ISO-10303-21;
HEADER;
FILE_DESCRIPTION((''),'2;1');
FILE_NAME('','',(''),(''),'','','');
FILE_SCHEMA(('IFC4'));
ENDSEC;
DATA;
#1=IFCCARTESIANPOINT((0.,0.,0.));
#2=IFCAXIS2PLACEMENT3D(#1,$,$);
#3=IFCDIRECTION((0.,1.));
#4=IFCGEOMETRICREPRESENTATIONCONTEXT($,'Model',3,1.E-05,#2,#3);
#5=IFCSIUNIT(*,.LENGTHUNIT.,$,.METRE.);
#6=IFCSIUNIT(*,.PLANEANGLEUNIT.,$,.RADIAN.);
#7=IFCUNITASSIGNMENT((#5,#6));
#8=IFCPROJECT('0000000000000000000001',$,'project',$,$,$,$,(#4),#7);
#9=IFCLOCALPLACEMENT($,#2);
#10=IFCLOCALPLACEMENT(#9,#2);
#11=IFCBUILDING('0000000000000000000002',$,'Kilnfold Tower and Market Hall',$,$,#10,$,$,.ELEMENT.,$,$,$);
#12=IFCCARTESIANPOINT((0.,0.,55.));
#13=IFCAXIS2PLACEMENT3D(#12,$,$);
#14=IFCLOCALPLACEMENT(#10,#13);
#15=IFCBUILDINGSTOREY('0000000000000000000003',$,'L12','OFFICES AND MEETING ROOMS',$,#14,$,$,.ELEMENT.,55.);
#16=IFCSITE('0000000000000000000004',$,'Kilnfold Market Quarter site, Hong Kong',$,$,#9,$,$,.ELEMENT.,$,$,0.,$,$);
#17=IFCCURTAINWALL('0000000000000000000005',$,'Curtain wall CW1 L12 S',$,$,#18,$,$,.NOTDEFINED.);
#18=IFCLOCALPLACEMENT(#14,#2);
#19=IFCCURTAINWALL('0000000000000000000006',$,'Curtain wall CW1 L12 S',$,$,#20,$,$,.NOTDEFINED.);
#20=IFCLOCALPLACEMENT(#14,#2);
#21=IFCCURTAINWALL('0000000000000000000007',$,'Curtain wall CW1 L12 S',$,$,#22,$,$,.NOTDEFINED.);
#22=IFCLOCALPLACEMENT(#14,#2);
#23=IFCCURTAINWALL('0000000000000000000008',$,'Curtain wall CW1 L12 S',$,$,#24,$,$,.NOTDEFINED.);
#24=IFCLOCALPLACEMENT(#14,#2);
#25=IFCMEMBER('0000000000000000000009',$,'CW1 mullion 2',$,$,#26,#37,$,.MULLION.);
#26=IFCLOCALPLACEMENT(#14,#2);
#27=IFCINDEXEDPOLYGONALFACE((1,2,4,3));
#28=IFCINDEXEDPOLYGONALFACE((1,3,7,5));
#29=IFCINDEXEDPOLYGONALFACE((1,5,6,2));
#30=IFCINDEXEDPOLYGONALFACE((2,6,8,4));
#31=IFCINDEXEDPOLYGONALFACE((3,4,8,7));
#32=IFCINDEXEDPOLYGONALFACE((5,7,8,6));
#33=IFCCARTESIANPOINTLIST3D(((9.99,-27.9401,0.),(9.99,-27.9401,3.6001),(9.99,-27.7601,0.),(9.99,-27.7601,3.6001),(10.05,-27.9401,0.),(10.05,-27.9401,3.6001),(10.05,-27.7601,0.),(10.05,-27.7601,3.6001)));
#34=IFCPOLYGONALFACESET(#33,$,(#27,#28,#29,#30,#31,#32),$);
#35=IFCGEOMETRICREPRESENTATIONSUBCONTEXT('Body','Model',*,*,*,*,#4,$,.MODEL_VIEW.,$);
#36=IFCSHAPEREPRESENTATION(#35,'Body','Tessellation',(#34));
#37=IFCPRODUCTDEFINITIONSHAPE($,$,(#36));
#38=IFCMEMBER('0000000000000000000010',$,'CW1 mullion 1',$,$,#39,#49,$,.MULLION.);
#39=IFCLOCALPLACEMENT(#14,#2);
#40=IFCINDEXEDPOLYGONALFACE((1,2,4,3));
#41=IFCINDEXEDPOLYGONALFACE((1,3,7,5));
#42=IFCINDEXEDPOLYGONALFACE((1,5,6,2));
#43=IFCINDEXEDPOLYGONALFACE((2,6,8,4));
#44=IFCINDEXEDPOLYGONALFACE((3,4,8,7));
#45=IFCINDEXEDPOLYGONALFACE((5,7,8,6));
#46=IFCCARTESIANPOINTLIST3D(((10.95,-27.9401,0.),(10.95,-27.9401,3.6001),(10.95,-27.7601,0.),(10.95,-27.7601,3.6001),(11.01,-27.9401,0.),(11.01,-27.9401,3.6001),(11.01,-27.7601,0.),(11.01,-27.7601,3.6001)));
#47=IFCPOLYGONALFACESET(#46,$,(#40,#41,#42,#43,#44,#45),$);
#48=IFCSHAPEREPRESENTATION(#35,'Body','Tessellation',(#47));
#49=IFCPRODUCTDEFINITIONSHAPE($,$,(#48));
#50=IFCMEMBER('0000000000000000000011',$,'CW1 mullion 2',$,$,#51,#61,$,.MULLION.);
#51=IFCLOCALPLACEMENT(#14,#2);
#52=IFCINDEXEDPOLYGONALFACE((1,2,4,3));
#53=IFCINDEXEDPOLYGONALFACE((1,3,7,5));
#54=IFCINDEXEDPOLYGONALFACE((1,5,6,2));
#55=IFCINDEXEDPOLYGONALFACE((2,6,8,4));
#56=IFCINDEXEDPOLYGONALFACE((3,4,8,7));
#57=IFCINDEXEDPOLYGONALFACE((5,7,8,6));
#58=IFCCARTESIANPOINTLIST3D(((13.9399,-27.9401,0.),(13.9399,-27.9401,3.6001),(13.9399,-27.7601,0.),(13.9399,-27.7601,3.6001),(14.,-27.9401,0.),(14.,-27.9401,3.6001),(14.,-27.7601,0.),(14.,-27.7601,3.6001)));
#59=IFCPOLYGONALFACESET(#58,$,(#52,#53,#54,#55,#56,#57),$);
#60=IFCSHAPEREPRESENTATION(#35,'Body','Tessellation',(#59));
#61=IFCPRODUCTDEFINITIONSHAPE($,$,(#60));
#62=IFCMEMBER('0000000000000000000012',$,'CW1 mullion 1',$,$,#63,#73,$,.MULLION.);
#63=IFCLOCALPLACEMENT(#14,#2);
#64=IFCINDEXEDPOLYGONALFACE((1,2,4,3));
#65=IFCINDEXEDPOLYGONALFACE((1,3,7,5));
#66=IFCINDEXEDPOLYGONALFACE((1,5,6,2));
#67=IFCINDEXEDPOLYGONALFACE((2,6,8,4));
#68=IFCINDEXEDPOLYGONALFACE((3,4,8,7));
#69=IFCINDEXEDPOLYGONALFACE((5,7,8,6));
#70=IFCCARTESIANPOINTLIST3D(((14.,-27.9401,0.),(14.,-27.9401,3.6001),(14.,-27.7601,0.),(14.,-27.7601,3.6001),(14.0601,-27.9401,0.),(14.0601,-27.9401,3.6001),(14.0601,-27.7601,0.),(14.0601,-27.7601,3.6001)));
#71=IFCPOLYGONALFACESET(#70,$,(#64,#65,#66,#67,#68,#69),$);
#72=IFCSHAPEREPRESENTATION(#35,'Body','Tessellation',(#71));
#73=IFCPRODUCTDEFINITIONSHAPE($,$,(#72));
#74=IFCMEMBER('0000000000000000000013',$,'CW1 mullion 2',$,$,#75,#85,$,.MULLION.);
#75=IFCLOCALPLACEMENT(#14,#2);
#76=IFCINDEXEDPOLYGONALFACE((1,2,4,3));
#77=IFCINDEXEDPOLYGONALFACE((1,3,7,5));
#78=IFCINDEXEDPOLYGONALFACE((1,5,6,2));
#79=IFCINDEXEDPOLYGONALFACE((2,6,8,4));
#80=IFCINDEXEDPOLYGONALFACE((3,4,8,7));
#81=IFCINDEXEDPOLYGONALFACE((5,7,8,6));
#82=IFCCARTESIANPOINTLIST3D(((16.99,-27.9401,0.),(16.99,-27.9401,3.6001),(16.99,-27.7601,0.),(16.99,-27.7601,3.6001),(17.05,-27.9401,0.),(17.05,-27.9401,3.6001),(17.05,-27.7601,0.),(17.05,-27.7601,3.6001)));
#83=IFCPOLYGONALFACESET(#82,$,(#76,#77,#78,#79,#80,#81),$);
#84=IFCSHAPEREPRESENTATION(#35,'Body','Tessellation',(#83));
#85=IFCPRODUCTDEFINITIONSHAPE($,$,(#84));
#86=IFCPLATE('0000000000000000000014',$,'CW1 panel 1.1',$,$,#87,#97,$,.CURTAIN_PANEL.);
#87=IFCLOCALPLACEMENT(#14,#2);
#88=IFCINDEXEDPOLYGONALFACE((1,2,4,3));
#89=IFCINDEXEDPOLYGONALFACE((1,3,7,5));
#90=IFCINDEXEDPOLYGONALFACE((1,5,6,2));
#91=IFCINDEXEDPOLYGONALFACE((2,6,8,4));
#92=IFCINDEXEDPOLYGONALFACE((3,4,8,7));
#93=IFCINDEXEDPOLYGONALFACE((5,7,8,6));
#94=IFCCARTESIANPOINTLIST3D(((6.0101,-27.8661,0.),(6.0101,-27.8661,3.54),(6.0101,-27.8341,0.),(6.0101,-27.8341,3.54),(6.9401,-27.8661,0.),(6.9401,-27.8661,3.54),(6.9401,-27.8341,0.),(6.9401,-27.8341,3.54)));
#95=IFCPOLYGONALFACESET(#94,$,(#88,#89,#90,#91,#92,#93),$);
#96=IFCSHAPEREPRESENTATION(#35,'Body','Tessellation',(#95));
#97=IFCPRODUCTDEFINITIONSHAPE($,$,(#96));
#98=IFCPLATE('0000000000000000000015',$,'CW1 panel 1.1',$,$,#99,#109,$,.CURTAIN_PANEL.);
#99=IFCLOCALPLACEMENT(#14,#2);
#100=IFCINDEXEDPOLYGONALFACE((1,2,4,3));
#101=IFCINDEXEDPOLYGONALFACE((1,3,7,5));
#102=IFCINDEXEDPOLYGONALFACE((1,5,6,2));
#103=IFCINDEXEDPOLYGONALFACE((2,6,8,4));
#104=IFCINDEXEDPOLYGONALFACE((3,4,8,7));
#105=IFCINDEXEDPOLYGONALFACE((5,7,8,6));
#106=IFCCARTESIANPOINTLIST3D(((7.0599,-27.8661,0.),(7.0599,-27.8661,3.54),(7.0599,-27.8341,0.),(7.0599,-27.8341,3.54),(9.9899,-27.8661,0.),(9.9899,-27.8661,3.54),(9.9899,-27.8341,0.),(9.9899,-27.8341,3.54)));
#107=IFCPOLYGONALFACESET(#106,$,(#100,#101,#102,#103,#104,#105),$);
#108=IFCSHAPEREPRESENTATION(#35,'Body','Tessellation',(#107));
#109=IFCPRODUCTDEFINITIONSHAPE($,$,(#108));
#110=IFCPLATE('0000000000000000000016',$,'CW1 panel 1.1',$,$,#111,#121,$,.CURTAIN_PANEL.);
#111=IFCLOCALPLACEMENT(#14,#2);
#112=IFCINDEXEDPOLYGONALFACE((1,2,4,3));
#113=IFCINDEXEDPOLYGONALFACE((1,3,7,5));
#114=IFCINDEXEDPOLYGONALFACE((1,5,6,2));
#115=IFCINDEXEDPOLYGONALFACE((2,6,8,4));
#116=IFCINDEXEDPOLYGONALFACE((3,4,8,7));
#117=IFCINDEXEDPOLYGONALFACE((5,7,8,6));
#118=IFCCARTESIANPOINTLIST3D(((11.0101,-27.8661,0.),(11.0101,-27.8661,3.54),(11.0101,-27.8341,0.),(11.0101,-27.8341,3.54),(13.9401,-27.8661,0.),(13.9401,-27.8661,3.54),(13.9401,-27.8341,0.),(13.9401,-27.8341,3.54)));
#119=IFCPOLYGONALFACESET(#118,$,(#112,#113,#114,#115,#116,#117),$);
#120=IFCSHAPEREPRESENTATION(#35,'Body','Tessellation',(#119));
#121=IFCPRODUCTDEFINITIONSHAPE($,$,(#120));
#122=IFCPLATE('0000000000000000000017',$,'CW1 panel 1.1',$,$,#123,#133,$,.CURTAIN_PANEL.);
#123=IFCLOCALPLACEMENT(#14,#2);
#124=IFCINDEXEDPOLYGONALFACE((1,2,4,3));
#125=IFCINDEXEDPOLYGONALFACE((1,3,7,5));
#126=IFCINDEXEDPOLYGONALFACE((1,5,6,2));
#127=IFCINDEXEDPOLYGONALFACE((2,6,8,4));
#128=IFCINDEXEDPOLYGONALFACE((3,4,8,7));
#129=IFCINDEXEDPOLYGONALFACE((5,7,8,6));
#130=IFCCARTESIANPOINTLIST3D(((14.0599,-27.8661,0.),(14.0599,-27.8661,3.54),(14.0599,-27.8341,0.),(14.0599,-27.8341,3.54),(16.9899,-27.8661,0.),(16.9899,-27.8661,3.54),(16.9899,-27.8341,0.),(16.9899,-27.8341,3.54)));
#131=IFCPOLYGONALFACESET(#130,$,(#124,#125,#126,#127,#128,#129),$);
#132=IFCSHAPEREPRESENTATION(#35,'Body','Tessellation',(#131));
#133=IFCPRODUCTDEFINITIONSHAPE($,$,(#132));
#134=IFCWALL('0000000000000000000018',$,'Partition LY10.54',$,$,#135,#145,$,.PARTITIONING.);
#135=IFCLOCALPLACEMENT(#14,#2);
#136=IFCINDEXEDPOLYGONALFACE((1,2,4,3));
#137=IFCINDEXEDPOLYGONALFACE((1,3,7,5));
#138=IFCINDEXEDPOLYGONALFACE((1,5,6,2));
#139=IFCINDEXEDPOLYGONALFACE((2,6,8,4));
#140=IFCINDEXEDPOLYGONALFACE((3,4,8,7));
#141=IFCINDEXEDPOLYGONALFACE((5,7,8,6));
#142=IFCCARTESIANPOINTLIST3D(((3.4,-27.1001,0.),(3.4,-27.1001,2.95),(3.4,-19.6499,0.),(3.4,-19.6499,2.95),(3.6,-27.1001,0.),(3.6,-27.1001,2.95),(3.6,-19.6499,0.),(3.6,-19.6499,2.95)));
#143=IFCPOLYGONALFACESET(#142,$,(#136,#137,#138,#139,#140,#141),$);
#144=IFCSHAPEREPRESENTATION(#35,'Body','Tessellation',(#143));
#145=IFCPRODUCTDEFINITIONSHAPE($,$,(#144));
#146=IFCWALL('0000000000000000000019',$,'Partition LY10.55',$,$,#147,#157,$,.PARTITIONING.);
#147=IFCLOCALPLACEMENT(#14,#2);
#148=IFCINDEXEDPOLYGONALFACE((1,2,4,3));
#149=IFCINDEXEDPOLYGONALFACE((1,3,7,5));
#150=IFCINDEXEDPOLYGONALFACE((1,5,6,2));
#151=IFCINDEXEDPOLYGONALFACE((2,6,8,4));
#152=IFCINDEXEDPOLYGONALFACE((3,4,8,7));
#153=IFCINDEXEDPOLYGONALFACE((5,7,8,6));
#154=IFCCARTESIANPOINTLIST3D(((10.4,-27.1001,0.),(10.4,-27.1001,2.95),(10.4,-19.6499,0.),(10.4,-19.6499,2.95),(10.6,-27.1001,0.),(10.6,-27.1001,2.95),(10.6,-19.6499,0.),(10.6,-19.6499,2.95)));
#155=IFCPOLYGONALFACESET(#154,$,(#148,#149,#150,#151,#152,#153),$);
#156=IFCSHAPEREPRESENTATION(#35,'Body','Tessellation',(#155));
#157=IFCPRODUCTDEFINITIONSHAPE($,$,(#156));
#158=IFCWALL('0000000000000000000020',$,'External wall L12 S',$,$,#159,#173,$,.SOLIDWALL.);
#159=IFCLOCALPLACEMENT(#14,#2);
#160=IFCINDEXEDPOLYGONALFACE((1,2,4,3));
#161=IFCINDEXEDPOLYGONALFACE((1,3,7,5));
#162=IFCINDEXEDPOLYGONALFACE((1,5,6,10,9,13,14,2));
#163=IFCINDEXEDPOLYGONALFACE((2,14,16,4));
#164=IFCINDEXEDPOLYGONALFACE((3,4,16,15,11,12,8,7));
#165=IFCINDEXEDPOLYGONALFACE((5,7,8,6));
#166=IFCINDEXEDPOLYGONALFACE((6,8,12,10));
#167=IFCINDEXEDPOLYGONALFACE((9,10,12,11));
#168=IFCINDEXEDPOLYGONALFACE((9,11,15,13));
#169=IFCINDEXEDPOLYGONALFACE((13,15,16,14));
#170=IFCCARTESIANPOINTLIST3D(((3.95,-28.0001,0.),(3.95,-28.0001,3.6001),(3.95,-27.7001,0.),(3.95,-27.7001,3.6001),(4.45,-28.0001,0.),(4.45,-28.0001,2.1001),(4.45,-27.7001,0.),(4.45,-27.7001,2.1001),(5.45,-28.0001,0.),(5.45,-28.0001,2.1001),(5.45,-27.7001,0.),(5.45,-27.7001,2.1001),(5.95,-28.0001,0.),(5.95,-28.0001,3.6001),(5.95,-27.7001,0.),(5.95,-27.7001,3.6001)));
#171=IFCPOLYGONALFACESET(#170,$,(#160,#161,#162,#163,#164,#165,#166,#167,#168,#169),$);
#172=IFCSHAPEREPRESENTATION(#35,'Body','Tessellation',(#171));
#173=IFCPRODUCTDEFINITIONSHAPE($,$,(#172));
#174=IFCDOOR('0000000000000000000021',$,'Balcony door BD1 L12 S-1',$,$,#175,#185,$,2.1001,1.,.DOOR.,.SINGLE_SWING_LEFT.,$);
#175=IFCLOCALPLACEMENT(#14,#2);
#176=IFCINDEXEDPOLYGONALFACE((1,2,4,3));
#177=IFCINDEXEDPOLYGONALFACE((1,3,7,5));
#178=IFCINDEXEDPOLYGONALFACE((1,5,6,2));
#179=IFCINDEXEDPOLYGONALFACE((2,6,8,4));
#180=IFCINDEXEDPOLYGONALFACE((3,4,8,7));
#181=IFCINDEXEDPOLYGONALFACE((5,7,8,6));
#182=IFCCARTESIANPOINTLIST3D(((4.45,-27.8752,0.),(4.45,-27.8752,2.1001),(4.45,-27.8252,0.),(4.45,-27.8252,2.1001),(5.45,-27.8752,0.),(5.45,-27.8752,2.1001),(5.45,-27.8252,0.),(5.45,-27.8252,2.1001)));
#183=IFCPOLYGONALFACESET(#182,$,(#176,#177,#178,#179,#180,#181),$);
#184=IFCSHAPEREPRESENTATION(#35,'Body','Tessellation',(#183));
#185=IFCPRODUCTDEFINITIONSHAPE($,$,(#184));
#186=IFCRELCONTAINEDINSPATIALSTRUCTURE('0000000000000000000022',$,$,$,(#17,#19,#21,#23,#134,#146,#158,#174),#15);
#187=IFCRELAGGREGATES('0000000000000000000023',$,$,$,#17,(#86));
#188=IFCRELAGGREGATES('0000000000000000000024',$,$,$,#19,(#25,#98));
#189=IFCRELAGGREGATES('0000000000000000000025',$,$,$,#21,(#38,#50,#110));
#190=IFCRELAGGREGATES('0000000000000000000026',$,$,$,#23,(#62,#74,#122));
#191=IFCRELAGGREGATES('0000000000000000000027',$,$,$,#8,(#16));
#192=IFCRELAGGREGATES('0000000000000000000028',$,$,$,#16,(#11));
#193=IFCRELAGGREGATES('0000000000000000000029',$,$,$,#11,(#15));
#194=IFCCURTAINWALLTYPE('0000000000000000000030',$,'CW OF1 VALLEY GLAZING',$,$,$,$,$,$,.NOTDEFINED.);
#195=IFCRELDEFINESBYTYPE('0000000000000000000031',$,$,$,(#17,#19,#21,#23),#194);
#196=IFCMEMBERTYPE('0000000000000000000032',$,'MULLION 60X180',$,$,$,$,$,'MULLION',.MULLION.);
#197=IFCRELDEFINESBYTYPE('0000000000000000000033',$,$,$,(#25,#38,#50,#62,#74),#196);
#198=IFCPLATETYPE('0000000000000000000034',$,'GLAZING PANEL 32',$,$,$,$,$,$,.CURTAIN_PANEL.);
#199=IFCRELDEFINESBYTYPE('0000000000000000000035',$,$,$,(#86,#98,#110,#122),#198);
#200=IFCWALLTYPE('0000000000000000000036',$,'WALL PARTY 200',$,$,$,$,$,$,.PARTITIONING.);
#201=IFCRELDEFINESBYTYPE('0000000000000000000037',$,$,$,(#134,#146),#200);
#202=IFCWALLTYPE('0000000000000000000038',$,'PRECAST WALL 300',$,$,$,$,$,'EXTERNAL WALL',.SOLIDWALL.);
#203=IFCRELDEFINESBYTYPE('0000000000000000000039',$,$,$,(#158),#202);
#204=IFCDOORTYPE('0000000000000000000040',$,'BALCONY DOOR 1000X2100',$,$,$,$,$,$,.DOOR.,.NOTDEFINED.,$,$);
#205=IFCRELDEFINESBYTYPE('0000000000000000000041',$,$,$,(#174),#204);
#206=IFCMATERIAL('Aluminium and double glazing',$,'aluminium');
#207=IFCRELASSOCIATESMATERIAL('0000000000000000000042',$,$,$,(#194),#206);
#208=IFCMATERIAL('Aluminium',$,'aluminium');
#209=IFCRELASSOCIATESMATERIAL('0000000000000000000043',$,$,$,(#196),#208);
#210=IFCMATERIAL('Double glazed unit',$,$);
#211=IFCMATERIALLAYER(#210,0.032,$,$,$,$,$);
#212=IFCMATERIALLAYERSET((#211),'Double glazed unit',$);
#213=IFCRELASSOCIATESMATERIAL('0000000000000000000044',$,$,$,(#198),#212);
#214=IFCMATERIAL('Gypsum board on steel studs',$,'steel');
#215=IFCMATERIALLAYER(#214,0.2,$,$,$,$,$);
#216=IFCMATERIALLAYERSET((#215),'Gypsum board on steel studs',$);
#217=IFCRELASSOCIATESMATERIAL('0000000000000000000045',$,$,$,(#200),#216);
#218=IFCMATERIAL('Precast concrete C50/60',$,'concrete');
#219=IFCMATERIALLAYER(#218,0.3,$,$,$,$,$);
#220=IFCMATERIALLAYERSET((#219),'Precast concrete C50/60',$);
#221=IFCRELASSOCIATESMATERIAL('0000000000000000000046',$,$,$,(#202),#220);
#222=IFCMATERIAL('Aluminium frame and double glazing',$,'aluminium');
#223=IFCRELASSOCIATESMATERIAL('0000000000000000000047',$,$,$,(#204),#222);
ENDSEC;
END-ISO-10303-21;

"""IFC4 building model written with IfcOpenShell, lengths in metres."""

from ifc_helpers import new_model, si_unit, direction, frame, frame_2d, origin, origin_2d, place, context, subcontext, project, spatial, rectangle, extrude, source, transform, mapped, material, layer, layer_set, material_profile, profile_set, type_object, element, fill, aggregate, save


model = new_model("IFC4")

# Units and contexts
model_context = context("Model", 3, precision=1e-05, world=origin(), true_north=direction((0.0, 1.0)))
body_context = subcontext(model_context, "Body", "Model", "MODEL_VIEW")
ifc_project = project(units=[si_unit("LENGTHUNIT", "METRE"), si_unit("PLANEANGLEUNIT", "RADIAN")], contexts=[model_context])

# Site, building, storey
site_placement = place(None, origin())
site = spatial("IfcSite", under=ifc_project, at=site_placement, Name="Kilnfold Market Quarter site, Hong Kong", CompositionType="ELEMENT", RefElevation=0.0)
building_placement = place(site_placement, origin())
building = spatial("IfcBuilding", under=site, at=building_placement, Name="Kilnfold Tower and Market Hall", CompositionType="ELEMENT")
storey_placement = place(building_placement, frame((0.0, 0.0, 55.0)))
storey = spatial("IfcBuildingStorey", under=building, at=storey_placement, Name="L12", Description="OFFICES AND MEETING ROOMS", CompositionType="ELEMENT", Elevation=55.0)

# Curtain walls
ifc_material_1 = material(Name="Aluminium and double glazing", Category="aluminium")
curtain_wall_type = type_object("IfcCurtainWallType", Name="CW OF1 VALLEY GLAZING", PredefinedType="NOTDEFINED", material=ifc_material_1)
curtain_wall_1_placement = place(storey_placement, origin())
curtain_wall_1 = element("IfcCurtainWall", 1, at=curtain_wall_1_placement, inside=storey, type_object=curtain_wall_type, Name="Curtain wall CW1 L12 S", PredefinedType="NOTDEFINED")
curtain_wall_2_placement = place(storey_placement, origin())
curtain_wall_2 = element("IfcCurtainWall", 2, at=curtain_wall_2_placement, inside=storey, type_object=curtain_wall_type, Name="Curtain wall CW1 L12 S", PredefinedType="NOTDEFINED")
curtain_wall_3_placement = place(storey_placement, origin())
curtain_wall_3 = element("IfcCurtainWall", 3, at=curtain_wall_3_placement, inside=storey, type_object=curtain_wall_type, Name="Curtain wall CW1 L12 S", PredefinedType="NOTDEFINED")
curtain_wall_4_placement = place(storey_placement, origin())
curtain_wall_4 = element("IfcCurtainWall", 4, at=curtain_wall_4_placement, inside=storey, type_object=curtain_wall_type, Name="Curtain wall CW1 L12 S", PredefinedType="NOTDEFINED")

# Members
ifc_material_2 = material(Name="Aluminium", Category="aluminium")
ifc_material_profile_1 = material_profile(ifc_material_2, rectangle(XDim=0.0601, YDim=0.1799, at=origin_2d()), Name="MULLION 60x180")
ifc_profile_set_1 = profile_set([ifc_material_profile_1], Name="Aluminium")
member_type_1 = type_object("IfcMemberType", Name="MULLION 60X180", ElementType="MULLION", PredefinedType="MULLION", material=ifc_profile_set_1)
shared_shape_1 = source(origin(), body_context, "Body", "SweptSolid", [
    extrude(rectangle(XDim=0.0601, YDim=0.1799, at=origin_2d()), origin(), (0.0, 0.0, 1.0), 3.6001),
])
member_1_placement = place(storey_placement, frame((10.02, -27.8501, 0.0), z_axis=(0.0, 0.0, 1.0), x_axis=(1.0, 0.0, 0.0)))
member_1 = element("IfcMember", 5, at=member_1_placement, type_object=member_type_1, Name="CW1 mullion 2", PredefinedType="MULLION", context=body_context, shape_type="MappedRepresentation", body=[
    mapped(shared_shape_1, transform((0.0, 0.0, 0.0))),
])
member_2_placement = place(storey_placement, frame((10.98, -27.8501, 0.0), z_axis=(0.0, 0.0, 1.0), x_axis=(1.0, 0.0, 0.0)))
member_2 = element("IfcMember", 6, at=member_2_placement, type_object=member_type_1, Name="CW1 mullion 1", PredefinedType="MULLION", context=body_context, shape_type="MappedRepresentation", body=[
    mapped(shared_shape_1, transform((0.0, 0.0, 0.0))),
])
member_3_placement = place(storey_placement, frame((13.97, -27.8501, 0.0), z_axis=(0.0, 0.0, 1.0), x_axis=(1.0, 0.0, 0.0)))
member_3 = element("IfcMember", 7, at=member_3_placement, type_object=member_type_1, Name="CW1 mullion 2", PredefinedType="MULLION", context=body_context, shape_type="MappedRepresentation", body=[
    mapped(shared_shape_1, transform((0.0, 0.0, 0.0))),
])
member_4_placement = place(storey_placement, frame((14.03, -27.8501, 0.0), z_axis=(0.0, 0.0, 1.0), x_axis=(1.0, 0.0, 0.0)))
member_4 = element("IfcMember", 8, at=member_4_placement, type_object=member_type_1, Name="CW1 mullion 1", PredefinedType="MULLION", context=body_context, shape_type="MappedRepresentation", body=[
    mapped(shared_shape_1, transform((0.0, 0.0, 0.0))),
])
member_5_placement = place(storey_placement, frame((17.02, -27.8501, 0.0), z_axis=(0.0, 0.0, 1.0), x_axis=(1.0, 0.0, 0.0)))
member_5 = element("IfcMember", 9, at=member_5_placement, type_object=member_type_1, Name="CW1 mullion 2", PredefinedType="MULLION", context=body_context, shape_type="MappedRepresentation", body=[
    mapped(shared_shape_1, transform((0.0, 0.0, 0.0))),
])

# Plates
ifc_material_3 = material(Name="Double glazed unit")
ifc_layer_1 = layer(ifc_material_3, 0.032)
ifc_layer_set_1 = layer_set([ifc_layer_1], Name="Double glazed unit")
plate_type = type_object("IfcPlateType", Name="GLAZING PANEL 32", PredefinedType="CURTAIN_PANEL", material=ifc_layer_set_1)
shared_shape_2 = source(origin(), body_context, "Body", "SweptSolid", [
    extrude(rectangle(XDim=0.9299, YDim=0.032, at=origin_2d()), origin(), (0.0, 0.0, 1.0), 3.54),
])
plate_1_placement = place(storey_placement, frame((6.4751, -27.8501, 0.0), z_axis=(0.0, 0.0, 1.0), x_axis=(1.0, 0.0, 0.0)))
plate_1 = element("IfcPlate", 10, at=plate_1_placement, type_object=plate_type, Name="CW1 panel 1.1", PredefinedType="CURTAIN_PANEL", context=body_context, shape_type="MappedRepresentation", body=[
    mapped(shared_shape_2, transform((0.0, 0.0, 0.0))),
])
aggregate(curtain_wall_1, [plate_1])
shared_shape_3 = source(origin(), body_context, "Body", "SweptSolid", [
    extrude(rectangle(XDim=2.9299, YDim=0.032, at=origin_2d()), origin(), (0.0, 0.0, 1.0), 3.54),
])
plate_2_placement = place(storey_placement, frame((8.5249, -27.8501, 0.0), z_axis=(0.0, 0.0, 1.0), x_axis=(1.0, 0.0, 0.0)))
plate_2 = element("IfcPlate", 11, at=plate_2_placement, type_object=plate_type, Name="CW1 panel 1.1", PredefinedType="CURTAIN_PANEL", context=body_context, shape_type="MappedRepresentation", body=[
    mapped(shared_shape_3, transform((0.0, 0.0, 0.0))),
])
aggregate(curtain_wall_2, [member_1, plate_2])
plate_3_placement = place(storey_placement, frame((12.4751, -27.8501, 0.0), z_axis=(0.0, 0.0, 1.0), x_axis=(1.0, 0.0, 0.0)))
plate_3 = element("IfcPlate", 12, at=plate_3_placement, type_object=plate_type, Name="CW1 panel 1.1", PredefinedType="CURTAIN_PANEL", context=body_context, shape_type="MappedRepresentation", body=[
    mapped(shared_shape_3, transform((0.0, 0.0, 0.0))),
])
aggregate(curtain_wall_3, [member_2, member_3, plate_3])
plate_4_placement = place(storey_placement, frame((15.5249, -27.8501, 0.0), z_axis=(0.0, 0.0, 1.0), x_axis=(1.0, 0.0, 0.0)))
plate_4 = element("IfcPlate", 13, at=plate_4_placement, type_object=plate_type, Name="CW1 panel 1.1", PredefinedType="CURTAIN_PANEL", context=body_context, shape_type="MappedRepresentation", body=[
    mapped(shared_shape_3, transform((0.0, 0.0, 0.0))),
])
aggregate(curtain_wall_4, [member_4, member_5, plate_4])

# Walls
ifc_material_4 = material(Name="Gypsum board on steel studs", Category="steel")
ifc_layer_2 = layer(ifc_material_4, 0.2)
ifc_layer_set_2 = layer_set([ifc_layer_2], Name="Gypsum board on steel studs")
wall_type_1 = type_object("IfcWallType", Name="WALL PARTY 200", PredefinedType="PARTITIONING", material=ifc_layer_set_2)
for number, where, z_axis, x_axis, name in (
    (14, (3.5, -27.1001, 0.0), (0.0, 0.0, 1.0), (0.0, 1.0, 0.0), "Partition LY10.54"),
    (15, (10.5, -27.1001, 0.0), (0.0, 0.0, 1.0), (0.0, 1.0, 0.0), "Partition LY10.55"),
):
    element("IfcWall", number, at=place(storey_placement, frame(where, z_axis=z_axis, x_axis=x_axis)), inside=storey, type_object=wall_type_1, Name=name, PredefinedType="PARTITIONING", context=body_context, shape_type="SweptSolid", body=[
        extrude(rectangle(XDim=7.4502, YDim=0.2, at=frame_2d((3.7251, 0.0))), origin(), (0.0, 0.0, 1.0), 2.95),
    ])

# Wall, opening, door
ifc_material_5 = material(Name="Precast concrete C50/60", Category="concrete")
ifc_layer_3 = layer(ifc_material_5, 0.3)
ifc_layer_set_3 = layer_set([ifc_layer_3], Name="Precast concrete C50/60")
wall_type_2 = type_object("IfcWallType", Name="PRECAST WALL 300", ElementType="EXTERNAL WALL", PredefinedType="SOLIDWALL", material=ifc_layer_set_3)
shared_shape_4 = source(origin(), body_context, "Body", "SweptSolid", [
    extrude(rectangle(XDim=2.0, YDim=0.3, at=frame_2d((1.0, 0.0))), origin(), (0.0, 0.0, 1.0), 3.6001),
])
wall_placement = place(storey_placement, frame((3.95, -27.8501, 0.0), z_axis=(0.0, 0.0, 1.0), x_axis=(1.0, 0.0, 0.0)))
wall = element("IfcWall", 16, at=wall_placement, inside=storey, type_object=wall_type_2, Name="External wall L12 S", PredefinedType="SOLIDWALL", context=body_context, shape_type="MappedRepresentation", body=[
    mapped(shared_shape_4, transform((0.0, 0.0, 0.0))),
])
opening_placement = place(wall_placement, frame((0.5, 0.0, 0.0)))
opening = element("IfcOpeningElement", 17, at=opening_placement, cuts=wall, PredefinedType="OPENING", context=body_context, shape_type="SweptSolid", body=[
    extrude(rectangle(XDim=1.0, YDim=2.1001, at=frame_2d((0.5, 1.05))), frame((0.0, 0.1602, 0.0), z_axis=(0.0, -1.0, 0.0), x_axis=(1.0, 0.0, 0.0)), (0.0, 0.0, 1.0), 0.3201),
])
ifc_material_6 = material(Name="Aluminium frame and double glazing", Category="aluminium")
door_type = type_object("IfcDoorType", Name="BALCONY DOOR 1000X2100", OperationType="NOTDEFINED", PredefinedType="DOOR", material=ifc_material_6)
door_placement = place(opening_placement, origin())
door = element("IfcDoor", 18, at=door_placement, inside=storey, type_object=door_type, Name="Balcony door BD1 L12 S-1", OperationType="SINGLE_SWING_LEFT", OverallHeight=2.1001, OverallWidth=1.0, PredefinedType="DOOR", context=body_context, shape_type="SweptSolid", body=[
    extrude(rectangle(XDim=1.0, YDim=2.1001, at=frame_2d((0.5, 1.05))), frame((0.0, 0.0249, 0.0), z_axis=(0.0, -1.0, 0.0), x_axis=(1.0, 0.0, 0.0)), (0.0, 0.0, 1.0), 0.05),
])
fill(opening, door)

save(model, "model.ifc")
